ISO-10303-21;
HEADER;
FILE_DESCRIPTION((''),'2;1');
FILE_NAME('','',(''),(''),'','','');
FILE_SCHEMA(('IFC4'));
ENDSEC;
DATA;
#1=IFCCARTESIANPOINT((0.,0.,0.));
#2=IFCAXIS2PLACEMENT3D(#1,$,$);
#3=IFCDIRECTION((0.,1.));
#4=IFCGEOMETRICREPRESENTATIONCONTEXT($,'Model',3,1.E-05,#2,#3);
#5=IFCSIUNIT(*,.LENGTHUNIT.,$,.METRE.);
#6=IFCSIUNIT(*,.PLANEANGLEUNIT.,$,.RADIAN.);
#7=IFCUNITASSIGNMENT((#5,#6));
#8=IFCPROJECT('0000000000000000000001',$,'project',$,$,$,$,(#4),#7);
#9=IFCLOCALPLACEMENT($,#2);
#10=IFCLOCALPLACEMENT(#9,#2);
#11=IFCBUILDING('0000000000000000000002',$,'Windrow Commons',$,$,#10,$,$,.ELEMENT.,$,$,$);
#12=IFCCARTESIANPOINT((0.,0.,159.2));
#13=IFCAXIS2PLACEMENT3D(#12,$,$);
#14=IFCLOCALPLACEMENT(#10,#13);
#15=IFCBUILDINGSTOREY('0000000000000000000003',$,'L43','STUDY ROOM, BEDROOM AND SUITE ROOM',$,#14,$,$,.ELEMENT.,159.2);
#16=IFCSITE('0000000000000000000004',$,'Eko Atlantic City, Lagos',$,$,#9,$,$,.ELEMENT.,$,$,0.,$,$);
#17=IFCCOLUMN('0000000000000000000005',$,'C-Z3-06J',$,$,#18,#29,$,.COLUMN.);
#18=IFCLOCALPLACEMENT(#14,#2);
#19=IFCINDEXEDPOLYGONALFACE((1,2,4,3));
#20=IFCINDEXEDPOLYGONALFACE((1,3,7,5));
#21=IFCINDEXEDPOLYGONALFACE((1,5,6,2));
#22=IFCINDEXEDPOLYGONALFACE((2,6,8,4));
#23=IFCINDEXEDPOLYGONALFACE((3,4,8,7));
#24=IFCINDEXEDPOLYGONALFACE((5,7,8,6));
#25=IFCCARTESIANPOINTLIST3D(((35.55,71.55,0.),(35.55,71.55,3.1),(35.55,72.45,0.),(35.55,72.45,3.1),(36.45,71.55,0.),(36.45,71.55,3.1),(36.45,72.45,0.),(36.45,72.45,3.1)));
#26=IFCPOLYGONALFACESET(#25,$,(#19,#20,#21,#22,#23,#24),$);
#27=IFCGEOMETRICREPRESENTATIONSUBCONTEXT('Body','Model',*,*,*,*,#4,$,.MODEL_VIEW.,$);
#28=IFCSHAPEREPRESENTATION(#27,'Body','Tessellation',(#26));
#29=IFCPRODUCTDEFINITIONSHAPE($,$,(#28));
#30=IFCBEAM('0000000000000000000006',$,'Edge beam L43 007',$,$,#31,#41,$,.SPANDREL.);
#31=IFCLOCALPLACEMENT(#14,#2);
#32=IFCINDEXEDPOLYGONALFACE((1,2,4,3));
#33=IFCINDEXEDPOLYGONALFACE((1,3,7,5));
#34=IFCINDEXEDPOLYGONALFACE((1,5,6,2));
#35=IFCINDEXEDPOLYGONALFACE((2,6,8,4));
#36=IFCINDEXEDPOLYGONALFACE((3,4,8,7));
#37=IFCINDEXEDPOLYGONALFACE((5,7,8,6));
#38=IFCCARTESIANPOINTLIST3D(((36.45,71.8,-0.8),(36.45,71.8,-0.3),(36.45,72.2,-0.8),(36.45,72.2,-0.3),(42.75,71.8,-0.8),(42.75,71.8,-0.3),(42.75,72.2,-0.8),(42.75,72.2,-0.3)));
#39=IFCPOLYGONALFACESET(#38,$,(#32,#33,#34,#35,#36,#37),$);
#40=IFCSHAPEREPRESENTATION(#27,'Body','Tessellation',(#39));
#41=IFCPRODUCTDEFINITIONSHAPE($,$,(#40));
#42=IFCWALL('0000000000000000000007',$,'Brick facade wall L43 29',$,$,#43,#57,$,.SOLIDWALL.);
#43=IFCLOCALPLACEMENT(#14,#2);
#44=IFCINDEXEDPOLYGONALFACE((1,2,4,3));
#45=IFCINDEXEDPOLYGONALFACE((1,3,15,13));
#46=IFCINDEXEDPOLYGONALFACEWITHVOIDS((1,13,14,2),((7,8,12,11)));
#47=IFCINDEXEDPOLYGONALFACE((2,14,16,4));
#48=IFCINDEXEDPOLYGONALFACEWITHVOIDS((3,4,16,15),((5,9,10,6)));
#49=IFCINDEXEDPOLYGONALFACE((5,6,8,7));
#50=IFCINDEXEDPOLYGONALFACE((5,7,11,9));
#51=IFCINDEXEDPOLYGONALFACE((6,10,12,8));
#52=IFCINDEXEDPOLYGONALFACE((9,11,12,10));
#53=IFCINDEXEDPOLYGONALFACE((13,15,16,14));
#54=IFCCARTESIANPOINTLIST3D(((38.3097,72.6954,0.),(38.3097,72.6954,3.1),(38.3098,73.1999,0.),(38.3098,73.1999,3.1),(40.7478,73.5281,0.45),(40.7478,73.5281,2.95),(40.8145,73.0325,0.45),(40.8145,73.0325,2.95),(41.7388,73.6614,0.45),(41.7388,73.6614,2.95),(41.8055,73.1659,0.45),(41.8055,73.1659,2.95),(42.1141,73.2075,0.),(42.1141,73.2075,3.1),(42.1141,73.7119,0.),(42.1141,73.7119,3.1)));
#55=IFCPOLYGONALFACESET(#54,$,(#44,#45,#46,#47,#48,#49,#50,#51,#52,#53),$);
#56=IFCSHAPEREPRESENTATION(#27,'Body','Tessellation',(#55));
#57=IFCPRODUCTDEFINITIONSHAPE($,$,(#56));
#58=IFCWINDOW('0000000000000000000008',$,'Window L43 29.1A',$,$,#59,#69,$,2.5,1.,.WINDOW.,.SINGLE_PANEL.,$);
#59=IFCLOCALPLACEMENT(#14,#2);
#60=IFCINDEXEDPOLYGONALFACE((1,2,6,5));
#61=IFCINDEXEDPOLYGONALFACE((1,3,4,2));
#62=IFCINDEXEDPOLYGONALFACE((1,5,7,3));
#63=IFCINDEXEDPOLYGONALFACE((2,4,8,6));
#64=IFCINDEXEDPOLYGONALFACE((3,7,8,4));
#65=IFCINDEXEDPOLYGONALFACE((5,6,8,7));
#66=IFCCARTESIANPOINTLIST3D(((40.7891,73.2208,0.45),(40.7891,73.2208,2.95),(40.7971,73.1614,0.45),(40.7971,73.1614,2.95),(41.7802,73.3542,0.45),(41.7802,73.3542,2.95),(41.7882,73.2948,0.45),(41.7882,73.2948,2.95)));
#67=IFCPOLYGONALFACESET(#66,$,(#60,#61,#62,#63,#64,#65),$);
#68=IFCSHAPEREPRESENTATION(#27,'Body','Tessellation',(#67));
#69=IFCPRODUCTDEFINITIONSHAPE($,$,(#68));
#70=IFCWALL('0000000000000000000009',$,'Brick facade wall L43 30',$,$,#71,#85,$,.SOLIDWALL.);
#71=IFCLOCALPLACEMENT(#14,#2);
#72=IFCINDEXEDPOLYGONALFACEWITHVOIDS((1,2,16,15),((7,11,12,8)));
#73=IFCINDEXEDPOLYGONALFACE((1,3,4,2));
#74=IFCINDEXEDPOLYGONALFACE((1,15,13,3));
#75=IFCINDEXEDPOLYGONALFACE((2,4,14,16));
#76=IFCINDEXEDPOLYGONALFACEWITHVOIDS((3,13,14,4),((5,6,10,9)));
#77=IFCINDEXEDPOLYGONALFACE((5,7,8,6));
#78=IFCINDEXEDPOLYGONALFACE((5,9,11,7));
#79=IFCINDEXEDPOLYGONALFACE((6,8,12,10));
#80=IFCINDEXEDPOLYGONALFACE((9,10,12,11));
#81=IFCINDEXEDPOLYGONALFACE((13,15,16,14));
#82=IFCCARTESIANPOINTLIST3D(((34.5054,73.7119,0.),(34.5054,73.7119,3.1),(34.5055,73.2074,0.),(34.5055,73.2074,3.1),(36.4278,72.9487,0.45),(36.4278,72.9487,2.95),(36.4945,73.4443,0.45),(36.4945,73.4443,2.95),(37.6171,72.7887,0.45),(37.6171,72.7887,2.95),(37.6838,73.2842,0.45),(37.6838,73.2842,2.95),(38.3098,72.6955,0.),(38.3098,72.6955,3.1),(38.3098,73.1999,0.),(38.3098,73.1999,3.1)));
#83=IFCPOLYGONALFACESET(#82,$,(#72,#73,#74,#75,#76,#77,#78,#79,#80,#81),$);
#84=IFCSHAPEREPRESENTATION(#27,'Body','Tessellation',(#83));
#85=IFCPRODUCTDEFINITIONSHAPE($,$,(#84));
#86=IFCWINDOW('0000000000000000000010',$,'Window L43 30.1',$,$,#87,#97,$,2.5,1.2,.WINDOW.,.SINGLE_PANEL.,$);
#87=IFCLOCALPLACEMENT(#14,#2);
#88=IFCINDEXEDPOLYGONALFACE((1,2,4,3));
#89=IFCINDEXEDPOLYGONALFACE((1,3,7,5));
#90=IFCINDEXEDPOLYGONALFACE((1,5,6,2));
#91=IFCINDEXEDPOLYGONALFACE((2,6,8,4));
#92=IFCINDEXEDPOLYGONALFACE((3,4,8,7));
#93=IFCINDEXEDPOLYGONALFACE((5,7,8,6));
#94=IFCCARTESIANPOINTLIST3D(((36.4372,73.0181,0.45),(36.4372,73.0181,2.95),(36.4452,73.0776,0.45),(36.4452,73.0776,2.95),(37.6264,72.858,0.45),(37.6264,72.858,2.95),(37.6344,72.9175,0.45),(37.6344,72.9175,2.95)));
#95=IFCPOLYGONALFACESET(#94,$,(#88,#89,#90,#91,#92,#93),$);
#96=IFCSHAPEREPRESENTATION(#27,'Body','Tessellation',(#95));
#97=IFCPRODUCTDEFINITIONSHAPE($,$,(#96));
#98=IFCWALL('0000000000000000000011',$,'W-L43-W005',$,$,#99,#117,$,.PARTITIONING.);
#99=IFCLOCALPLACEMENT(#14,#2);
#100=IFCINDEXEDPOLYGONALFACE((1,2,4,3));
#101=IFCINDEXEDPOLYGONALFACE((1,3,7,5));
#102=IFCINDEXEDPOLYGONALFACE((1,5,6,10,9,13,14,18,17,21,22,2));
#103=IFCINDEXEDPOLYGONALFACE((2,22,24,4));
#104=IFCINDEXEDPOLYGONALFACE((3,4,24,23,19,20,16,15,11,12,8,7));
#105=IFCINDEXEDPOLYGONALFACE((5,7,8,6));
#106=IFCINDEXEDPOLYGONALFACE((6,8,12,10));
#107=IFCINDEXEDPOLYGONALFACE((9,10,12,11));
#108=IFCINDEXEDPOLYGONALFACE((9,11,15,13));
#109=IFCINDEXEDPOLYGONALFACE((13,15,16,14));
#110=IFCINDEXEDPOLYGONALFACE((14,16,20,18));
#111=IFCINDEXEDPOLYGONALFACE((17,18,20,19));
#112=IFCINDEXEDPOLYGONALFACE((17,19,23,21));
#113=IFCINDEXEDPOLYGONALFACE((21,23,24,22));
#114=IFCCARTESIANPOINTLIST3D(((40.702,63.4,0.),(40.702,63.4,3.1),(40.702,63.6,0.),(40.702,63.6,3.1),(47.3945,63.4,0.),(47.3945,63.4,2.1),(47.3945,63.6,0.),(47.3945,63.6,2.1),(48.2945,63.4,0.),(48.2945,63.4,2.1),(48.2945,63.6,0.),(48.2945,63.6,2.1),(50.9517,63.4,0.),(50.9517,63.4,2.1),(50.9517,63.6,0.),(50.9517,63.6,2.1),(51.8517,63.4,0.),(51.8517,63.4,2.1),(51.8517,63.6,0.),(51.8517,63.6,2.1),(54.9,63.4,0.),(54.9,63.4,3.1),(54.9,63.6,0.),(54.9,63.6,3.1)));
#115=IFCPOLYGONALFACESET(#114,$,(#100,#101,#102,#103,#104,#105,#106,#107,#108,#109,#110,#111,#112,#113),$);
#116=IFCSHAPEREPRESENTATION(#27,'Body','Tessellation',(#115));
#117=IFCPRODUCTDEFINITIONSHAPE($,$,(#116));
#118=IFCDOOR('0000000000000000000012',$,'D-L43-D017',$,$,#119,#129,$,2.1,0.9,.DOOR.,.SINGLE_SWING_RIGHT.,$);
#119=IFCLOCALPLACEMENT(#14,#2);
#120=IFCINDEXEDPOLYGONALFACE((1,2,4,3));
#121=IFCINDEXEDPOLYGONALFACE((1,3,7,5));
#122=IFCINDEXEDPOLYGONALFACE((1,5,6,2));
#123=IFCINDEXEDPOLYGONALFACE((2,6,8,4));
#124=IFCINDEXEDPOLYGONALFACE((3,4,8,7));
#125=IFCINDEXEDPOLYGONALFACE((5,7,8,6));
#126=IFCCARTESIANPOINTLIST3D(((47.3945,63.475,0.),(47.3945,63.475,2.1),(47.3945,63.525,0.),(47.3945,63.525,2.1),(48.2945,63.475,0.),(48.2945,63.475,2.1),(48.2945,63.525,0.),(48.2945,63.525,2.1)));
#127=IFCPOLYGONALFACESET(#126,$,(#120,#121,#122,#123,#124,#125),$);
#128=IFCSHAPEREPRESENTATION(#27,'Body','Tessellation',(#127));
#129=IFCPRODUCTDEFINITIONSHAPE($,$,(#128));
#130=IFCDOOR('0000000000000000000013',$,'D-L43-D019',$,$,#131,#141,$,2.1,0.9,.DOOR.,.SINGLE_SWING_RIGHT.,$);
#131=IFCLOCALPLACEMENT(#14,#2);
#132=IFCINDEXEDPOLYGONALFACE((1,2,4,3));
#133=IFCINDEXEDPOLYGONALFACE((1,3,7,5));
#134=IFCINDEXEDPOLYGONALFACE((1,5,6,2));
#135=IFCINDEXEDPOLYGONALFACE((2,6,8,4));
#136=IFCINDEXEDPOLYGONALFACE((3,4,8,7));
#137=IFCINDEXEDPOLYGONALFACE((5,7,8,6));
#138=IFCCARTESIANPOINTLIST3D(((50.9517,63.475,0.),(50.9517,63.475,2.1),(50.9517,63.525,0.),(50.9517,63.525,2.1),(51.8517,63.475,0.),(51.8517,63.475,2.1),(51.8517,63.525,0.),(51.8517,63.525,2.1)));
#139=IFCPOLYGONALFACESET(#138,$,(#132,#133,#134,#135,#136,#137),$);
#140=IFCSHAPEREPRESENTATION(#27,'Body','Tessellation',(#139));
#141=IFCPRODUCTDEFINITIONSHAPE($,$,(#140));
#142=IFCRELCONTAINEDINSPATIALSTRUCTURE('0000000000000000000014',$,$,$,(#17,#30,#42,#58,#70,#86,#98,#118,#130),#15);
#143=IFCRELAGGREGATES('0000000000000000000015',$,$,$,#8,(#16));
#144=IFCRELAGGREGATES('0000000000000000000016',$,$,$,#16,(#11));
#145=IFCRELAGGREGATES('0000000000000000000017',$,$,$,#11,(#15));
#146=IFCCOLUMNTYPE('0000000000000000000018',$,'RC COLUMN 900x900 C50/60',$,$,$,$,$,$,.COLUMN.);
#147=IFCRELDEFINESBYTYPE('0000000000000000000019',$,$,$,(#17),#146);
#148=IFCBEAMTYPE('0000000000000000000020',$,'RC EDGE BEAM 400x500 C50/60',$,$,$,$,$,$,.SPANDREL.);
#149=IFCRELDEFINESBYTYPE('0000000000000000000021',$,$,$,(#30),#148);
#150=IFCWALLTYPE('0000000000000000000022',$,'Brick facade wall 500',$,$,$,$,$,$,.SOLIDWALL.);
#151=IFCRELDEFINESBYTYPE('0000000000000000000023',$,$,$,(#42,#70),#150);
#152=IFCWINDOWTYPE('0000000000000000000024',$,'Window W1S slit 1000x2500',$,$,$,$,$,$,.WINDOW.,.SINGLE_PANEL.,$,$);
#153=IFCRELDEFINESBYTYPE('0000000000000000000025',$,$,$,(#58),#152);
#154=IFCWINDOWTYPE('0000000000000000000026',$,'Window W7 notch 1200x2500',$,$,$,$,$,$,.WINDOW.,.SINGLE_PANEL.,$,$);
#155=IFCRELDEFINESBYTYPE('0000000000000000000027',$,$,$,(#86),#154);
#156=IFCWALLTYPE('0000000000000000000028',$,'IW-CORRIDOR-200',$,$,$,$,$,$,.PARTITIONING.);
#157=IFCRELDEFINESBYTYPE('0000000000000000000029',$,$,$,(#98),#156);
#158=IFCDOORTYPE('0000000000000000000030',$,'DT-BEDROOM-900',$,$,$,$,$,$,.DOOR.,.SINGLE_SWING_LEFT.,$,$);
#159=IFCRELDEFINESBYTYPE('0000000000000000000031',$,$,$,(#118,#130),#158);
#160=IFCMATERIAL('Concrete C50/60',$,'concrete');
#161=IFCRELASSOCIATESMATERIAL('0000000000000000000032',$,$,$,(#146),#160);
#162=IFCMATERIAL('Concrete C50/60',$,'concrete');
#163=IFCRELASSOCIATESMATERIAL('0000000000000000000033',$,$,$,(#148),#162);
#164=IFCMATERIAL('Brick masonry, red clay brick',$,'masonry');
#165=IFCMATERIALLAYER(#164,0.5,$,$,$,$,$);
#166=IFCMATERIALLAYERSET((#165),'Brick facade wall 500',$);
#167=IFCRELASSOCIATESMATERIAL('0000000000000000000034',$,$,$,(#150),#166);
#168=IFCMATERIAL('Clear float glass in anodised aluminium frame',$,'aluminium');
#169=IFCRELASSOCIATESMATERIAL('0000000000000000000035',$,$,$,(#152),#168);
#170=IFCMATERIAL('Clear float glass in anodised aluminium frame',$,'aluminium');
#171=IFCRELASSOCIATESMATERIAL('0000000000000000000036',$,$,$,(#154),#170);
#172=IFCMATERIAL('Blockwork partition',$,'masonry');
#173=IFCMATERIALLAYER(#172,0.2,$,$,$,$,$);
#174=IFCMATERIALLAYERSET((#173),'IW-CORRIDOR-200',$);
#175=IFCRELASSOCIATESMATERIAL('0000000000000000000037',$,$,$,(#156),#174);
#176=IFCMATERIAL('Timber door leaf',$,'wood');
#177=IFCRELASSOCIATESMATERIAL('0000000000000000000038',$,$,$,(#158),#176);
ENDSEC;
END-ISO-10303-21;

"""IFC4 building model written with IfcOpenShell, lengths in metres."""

from ifc_helpers import new_model, si_unit, direction, frame, frame_2d, origin, origin_2d, place, context, subcontext, project, spatial, polyline, rectangle, outline, extrude, material, layer, layer_set, material_profile, profile_set, type_object, element, fill, save


model = new_model("IFC4")

# Units and contexts
model_context = context("Model", 3, precision=1e-05, world=origin(), true_north=direction((0.0, 1.0)))
body_context = subcontext(model_context, "Body", "Model", "MODEL_VIEW")
ifc_project = project(units=[si_unit("LENGTHUNIT", "METRE"), si_unit("PLANEANGLEUNIT", "RADIAN")], contexts=[model_context])

# Site, building, storey
site_placement = place(None, origin())
site = spatial("IfcSite", under=ifc_project, at=site_placement, Name="Eko Atlantic City, Lagos", CompositionType="ELEMENT", RefElevation=0.0)
building_placement = place(site_placement, origin())
building = spatial("IfcBuilding", under=site, at=building_placement, Name="Windrow Commons", CompositionType="ELEMENT")
storey_placement = place(building_placement, frame((0.0, 0.0, 159.2)))
storey = spatial("IfcBuildingStorey", under=building, at=storey_placement, Name="L43", Description="STUDY ROOM, BEDROOM AND SUITE ROOM", CompositionType="ELEMENT", Elevation=159.2)

# Column
ifc_material_1 = material(Name="Concrete C50/60", Category="concrete")
ifc_material_profile_1 = material_profile(ifc_material_1, rectangle(XDim=0.9, YDim=0.9, at=origin_2d()))
ifc_profile_set_1 = profile_set([ifc_material_profile_1], Name="Concrete C50/60")
column_type = type_object("IfcColumnType", Name="RC COLUMN 900x900 C50/60", PredefinedType="COLUMN", material=ifc_profile_set_1)
column_placement = place(storey_placement, frame((36.0, 72.0, 0.0), z_axis=(0.0, 0.0, 1.0), x_axis=(1.0, 0.0, 0.0)))
element("IfcColumn", 1, at=column_placement, inside=storey, type_object=column_type, Name="C-Z3-06J", PredefinedType="COLUMN", context=body_context, shape_type="SweptSolid", body=[
    extrude(rectangle(XDim=0.9, YDim=0.9, at=origin_2d()), origin(), (0.0, 0.0, 1.0), 3.1),
])

# Beam
ifc_material_2 = material(Name="Concrete C50/60", Category="concrete")
ifc_material_profile_2 = material_profile(ifc_material_2, rectangle(XDim=0.4, YDim=0.5, at=origin_2d()))
ifc_profile_set_2 = profile_set([ifc_material_profile_2], Name="Concrete C50/60")
beam_type = type_object("IfcBeamType", Name="RC EDGE BEAM 400x500 C50/60", PredefinedType="SPANDREL", material=ifc_profile_set_2)
beam_placement = place(storey_placement, frame((36.45, 72.0, -0.55), z_axis=(1.0, 0.0, 0.0), x_axis=(0.0, 1.0, 0.0)))
element("IfcBeam", 2, at=beam_placement, inside=storey, type_object=beam_type, Name="Edge beam L43 007", PredefinedType="SPANDREL", context=body_context, shape_type="SweptSolid", body=[
    extrude(rectangle(XDim=0.4, YDim=0.5, at=origin_2d()), origin(), (0.0, 0.0, 1.0), 6.3),
])

# Walls, openings, windows
ifc_material_3 = material(Name="Brick masonry, red clay brick", Category="masonry")
ifc_layer_1 = layer(ifc_material_3, 0.5)
ifc_layer_set_1 = layer_set([ifc_layer_1], Name="Brick facade wall 500")
wall_type_1 = type_object("IfcWallType", Name="Brick facade wall 500", PredefinedType="SOLIDWALL", material=ifc_layer_set_1)
wall_1_placement = place(storey_placement, frame((42.1141, 73.4597, 0.0), z_axis=(0.0, 0.0, 1.0), x_axis=(-0.991065, -0.133382, 0.0)))
wall_1 = element("IfcWall", 3, at=wall_1_placement, inside=storey, type_object=wall_type_1, Name="Brick facade wall L43 29", PredefinedType="SOLIDWALL", context=body_context, shape_type="SweptSolid", body=[
    extrude(outline(polyline([(-0.0336, -0.25), (3.805, -0.25), (3.8723, 0.25), (0.0336, 0.25), (-0.0336, -0.25)])), origin(), (0.0, 0.0, 1.0), 3.1),
])
opening_1_placement = place(wall_1_placement, frame((0.345, 0.0, 0.45)))
opening_1 = element("IfcOpeningElement", 4, at=opening_1_placement, cuts=wall_1, PredefinedType="OPENING", context=body_context, shape_type="SweptSolid", body=[
    extrude(rectangle(XDim=1.0, YDim=2.5, at=frame_2d((0.5, 1.25))), frame((0.0, 0.26, 0.0), z_axis=(0.0, -1.0, 0.0), x_axis=(1.0, 0.0, 0.0)), (0.0, 0.0, 1.0), 0.52),
])
ifc_material_4 = material(Name="Clear float glass in anodised aluminium frame", Category="aluminium")
window_type_1 = type_object("IfcWindowType", Name="Window W1S slit 1000x2500", PartitioningType="SINGLE_PANEL", PredefinedType="WINDOW", material=ifc_material_4)
window_1_placement = place(opening_1_placement, origin())
window_1 = element("IfcWindow", 5, at=window_1_placement, inside=storey, type_object=window_type_1, Name="Window L43 29.1A", OverallHeight=2.5, OverallWidth=1.0, PartitioningType="SINGLE_PANEL", PredefinedType="WINDOW", context=body_context, shape_type="SweptSolid", body=[
    extrude(rectangle(XDim=1.0, YDim=2.5, at=frame_2d((0.5, 1.25))), frame((0.0, 0.12, 0.0), z_axis=(0.0, -1.0, 0.0), x_axis=(1.0, 0.0, 0.0)), (0.0, 0.0, 1.0), 0.06),
])
fill(opening_1, window_1)
wall_2_placement = place(storey_placement, frame((38.3098, 72.9477, 0.0), z_axis=(0.0, 0.0, 1.0), x_axis=(-0.991065, 0.133379, 0.0)))
wall_2 = element("IfcWall", 6, at=wall_2_placement, inside=storey, type_object=wall_type_1, Name="Brick facade wall L43 30", PredefinedType="SOLIDWALL", context=body_context, shape_type="SweptSolid", body=[
    extrude(outline(polyline([(0.0336, -0.25), (3.8723, -0.25), (3.805, 0.25), (-0.0336, 0.25), (0.0336, -0.25)])), origin(), (0.0, 0.0, 1.0), 3.1),
])
opening_2_placement = place(wall_2_placement, frame((0.6653, 0.0, 0.45)))
opening_2 = element("IfcOpeningElement", 7, at=opening_2_placement, cuts=wall_2, PredefinedType="OPENING", context=body_context, shape_type="SweptSolid", body=[
    extrude(rectangle(XDim=1.2, YDim=2.5, at=frame_2d((0.6, 1.25))), frame((0.0, 0.26, 0.0), z_axis=(0.0, -1.0, 0.0), x_axis=(1.0, 0.0, 0.0)), (0.0, 0.0, 1.0), 0.52),
])
ifc_material_5 = material(Name="Clear float glass in anodised aluminium frame", Category="aluminium")
window_type_2 = type_object("IfcWindowType", Name="Window W7 notch 1200x2500", PartitioningType="SINGLE_PANEL", PredefinedType="WINDOW", material=ifc_material_5)
window_2_placement = place(opening_2_placement, origin())
window_2 = element("IfcWindow", 8, at=window_2_placement, inside=storey, type_object=window_type_2, Name="Window L43 30.1", OverallHeight=2.5, OverallWidth=1.2, PartitioningType="SINGLE_PANEL", PredefinedType="WINDOW", context=body_context, shape_type="SweptSolid", body=[
    extrude(rectangle(XDim=1.2, YDim=2.5, at=frame_2d((0.6, 1.25))), frame((0.0, 0.18, 0.0), z_axis=(0.0, -1.0, 0.0), x_axis=(1.0, 0.0, 0.0)), (0.0, 0.0, 1.0), 0.06),
])
fill(opening_2, window_2)

# Wall, openings, doors
ifc_material_6 = material(Name="Blockwork partition", Category="masonry")
ifc_layer_2 = layer(ifc_material_6, 0.2)
ifc_layer_set_2 = layer_set([ifc_layer_2], Name="IW-CORRIDOR-200")
wall_type_2 = type_object("IfcWallType", Name="IW-CORRIDOR-200", PredefinedType="PARTITIONING", material=ifc_layer_set_2)
wall_3_placement = place(storey_placement, frame((40.702, 63.5, 0.0), z_axis=(0.0, 0.0, 1.0), x_axis=(1.0, 0.0, 0.0)))
wall_3 = element("IfcWall", 9, at=wall_3_placement, inside=storey, type_object=wall_type_2, Name="W-L43-W005", PredefinedType="PARTITIONING", context=body_context, shape_type="SweptSolid", body=[
    extrude(rectangle(XDim=14.198, YDim=0.2, at=frame_2d((7.099, 0.0))), origin(), (0.0, 0.0, 1.0), 3.1),
])
opening_3_placement = place(wall_3_placement, frame((6.6925, 0.0, 0.0)))
opening_3 = element("IfcOpeningElement", 10, at=opening_3_placement, cuts=wall_3, PredefinedType="OPENING", context=body_context, shape_type="SweptSolid", body=[
    extrude(rectangle(XDim=0.9, YDim=2.1, at=frame_2d((0.45, 1.05))), frame((0.0, 0.11, 0.0), z_axis=(0.0, -1.0, 0.0), x_axis=(1.0, 0.0, 0.0)), (0.0, 0.0, 1.0), 0.22),
])
opening_4_placement = place(wall_3_placement, frame((10.2497, 0.0, 0.0)))
opening_4 = element("IfcOpeningElement", 11, at=opening_4_placement, cuts=wall_3, PredefinedType="OPENING", context=body_context, shape_type="SweptSolid", body=[
    extrude(rectangle(XDim=0.9, YDim=2.1, at=frame_2d((0.45, 1.05))), frame((0.0, 0.11, 0.0), z_axis=(0.0, -1.0, 0.0), x_axis=(1.0, 0.0, 0.0)), (0.0, 0.0, 1.0), 0.22),
])
ifc_material_7 = material(Name="Timber door leaf", Category="wood")
door_type_1 = type_object("IfcDoorType", Name="DT-BEDROOM-900", OperationType="SINGLE_SWING_LEFT", PredefinedType="DOOR", material=ifc_material_7)
door_1_placement = place(opening_3_placement, origin())
door_1 = element("IfcDoor", 12, at=door_1_placement, inside=storey, type_object=door_type_1, Name="D-L43-D017", OperationType="SINGLE_SWING_RIGHT", OverallHeight=2.1, OverallWidth=0.9, PredefinedType="DOOR", context=body_context, shape_type="SweptSolid", body=[
    extrude(rectangle(XDim=0.9, YDim=2.1, at=frame_2d((0.45, 1.05))), frame((0.0, 0.025, 0.0), z_axis=(0.0, -1.0, 0.0), x_axis=(1.0, 0.0, 0.0)), (0.0, 0.0, 1.0), 0.05),
])
fill(opening_3, door_1)
door_2_placement = place(opening_4_placement, origin())
door_2 = element("IfcDoor", 13, at=door_2_placement, inside=storey, type_object=door_type_1, Name="D-L43-D019", OperationType="SINGLE_SWING_RIGHT", OverallHeight=2.1, OverallWidth=0.9, PredefinedType="DOOR", context=body_context, shape_type="SweptSolid", body=[
    extrude(rectangle(XDim=0.9, YDim=2.1, at=frame_2d((0.45, 1.05))), frame((0.0, 0.025, 0.0), z_axis=(0.0, -1.0, 0.0), x_axis=(1.0, 0.0, 0.0)), (0.0, 0.0, 1.0), 0.05),
])
fill(opening_4, door_2)

save(model, "model.ifc")
